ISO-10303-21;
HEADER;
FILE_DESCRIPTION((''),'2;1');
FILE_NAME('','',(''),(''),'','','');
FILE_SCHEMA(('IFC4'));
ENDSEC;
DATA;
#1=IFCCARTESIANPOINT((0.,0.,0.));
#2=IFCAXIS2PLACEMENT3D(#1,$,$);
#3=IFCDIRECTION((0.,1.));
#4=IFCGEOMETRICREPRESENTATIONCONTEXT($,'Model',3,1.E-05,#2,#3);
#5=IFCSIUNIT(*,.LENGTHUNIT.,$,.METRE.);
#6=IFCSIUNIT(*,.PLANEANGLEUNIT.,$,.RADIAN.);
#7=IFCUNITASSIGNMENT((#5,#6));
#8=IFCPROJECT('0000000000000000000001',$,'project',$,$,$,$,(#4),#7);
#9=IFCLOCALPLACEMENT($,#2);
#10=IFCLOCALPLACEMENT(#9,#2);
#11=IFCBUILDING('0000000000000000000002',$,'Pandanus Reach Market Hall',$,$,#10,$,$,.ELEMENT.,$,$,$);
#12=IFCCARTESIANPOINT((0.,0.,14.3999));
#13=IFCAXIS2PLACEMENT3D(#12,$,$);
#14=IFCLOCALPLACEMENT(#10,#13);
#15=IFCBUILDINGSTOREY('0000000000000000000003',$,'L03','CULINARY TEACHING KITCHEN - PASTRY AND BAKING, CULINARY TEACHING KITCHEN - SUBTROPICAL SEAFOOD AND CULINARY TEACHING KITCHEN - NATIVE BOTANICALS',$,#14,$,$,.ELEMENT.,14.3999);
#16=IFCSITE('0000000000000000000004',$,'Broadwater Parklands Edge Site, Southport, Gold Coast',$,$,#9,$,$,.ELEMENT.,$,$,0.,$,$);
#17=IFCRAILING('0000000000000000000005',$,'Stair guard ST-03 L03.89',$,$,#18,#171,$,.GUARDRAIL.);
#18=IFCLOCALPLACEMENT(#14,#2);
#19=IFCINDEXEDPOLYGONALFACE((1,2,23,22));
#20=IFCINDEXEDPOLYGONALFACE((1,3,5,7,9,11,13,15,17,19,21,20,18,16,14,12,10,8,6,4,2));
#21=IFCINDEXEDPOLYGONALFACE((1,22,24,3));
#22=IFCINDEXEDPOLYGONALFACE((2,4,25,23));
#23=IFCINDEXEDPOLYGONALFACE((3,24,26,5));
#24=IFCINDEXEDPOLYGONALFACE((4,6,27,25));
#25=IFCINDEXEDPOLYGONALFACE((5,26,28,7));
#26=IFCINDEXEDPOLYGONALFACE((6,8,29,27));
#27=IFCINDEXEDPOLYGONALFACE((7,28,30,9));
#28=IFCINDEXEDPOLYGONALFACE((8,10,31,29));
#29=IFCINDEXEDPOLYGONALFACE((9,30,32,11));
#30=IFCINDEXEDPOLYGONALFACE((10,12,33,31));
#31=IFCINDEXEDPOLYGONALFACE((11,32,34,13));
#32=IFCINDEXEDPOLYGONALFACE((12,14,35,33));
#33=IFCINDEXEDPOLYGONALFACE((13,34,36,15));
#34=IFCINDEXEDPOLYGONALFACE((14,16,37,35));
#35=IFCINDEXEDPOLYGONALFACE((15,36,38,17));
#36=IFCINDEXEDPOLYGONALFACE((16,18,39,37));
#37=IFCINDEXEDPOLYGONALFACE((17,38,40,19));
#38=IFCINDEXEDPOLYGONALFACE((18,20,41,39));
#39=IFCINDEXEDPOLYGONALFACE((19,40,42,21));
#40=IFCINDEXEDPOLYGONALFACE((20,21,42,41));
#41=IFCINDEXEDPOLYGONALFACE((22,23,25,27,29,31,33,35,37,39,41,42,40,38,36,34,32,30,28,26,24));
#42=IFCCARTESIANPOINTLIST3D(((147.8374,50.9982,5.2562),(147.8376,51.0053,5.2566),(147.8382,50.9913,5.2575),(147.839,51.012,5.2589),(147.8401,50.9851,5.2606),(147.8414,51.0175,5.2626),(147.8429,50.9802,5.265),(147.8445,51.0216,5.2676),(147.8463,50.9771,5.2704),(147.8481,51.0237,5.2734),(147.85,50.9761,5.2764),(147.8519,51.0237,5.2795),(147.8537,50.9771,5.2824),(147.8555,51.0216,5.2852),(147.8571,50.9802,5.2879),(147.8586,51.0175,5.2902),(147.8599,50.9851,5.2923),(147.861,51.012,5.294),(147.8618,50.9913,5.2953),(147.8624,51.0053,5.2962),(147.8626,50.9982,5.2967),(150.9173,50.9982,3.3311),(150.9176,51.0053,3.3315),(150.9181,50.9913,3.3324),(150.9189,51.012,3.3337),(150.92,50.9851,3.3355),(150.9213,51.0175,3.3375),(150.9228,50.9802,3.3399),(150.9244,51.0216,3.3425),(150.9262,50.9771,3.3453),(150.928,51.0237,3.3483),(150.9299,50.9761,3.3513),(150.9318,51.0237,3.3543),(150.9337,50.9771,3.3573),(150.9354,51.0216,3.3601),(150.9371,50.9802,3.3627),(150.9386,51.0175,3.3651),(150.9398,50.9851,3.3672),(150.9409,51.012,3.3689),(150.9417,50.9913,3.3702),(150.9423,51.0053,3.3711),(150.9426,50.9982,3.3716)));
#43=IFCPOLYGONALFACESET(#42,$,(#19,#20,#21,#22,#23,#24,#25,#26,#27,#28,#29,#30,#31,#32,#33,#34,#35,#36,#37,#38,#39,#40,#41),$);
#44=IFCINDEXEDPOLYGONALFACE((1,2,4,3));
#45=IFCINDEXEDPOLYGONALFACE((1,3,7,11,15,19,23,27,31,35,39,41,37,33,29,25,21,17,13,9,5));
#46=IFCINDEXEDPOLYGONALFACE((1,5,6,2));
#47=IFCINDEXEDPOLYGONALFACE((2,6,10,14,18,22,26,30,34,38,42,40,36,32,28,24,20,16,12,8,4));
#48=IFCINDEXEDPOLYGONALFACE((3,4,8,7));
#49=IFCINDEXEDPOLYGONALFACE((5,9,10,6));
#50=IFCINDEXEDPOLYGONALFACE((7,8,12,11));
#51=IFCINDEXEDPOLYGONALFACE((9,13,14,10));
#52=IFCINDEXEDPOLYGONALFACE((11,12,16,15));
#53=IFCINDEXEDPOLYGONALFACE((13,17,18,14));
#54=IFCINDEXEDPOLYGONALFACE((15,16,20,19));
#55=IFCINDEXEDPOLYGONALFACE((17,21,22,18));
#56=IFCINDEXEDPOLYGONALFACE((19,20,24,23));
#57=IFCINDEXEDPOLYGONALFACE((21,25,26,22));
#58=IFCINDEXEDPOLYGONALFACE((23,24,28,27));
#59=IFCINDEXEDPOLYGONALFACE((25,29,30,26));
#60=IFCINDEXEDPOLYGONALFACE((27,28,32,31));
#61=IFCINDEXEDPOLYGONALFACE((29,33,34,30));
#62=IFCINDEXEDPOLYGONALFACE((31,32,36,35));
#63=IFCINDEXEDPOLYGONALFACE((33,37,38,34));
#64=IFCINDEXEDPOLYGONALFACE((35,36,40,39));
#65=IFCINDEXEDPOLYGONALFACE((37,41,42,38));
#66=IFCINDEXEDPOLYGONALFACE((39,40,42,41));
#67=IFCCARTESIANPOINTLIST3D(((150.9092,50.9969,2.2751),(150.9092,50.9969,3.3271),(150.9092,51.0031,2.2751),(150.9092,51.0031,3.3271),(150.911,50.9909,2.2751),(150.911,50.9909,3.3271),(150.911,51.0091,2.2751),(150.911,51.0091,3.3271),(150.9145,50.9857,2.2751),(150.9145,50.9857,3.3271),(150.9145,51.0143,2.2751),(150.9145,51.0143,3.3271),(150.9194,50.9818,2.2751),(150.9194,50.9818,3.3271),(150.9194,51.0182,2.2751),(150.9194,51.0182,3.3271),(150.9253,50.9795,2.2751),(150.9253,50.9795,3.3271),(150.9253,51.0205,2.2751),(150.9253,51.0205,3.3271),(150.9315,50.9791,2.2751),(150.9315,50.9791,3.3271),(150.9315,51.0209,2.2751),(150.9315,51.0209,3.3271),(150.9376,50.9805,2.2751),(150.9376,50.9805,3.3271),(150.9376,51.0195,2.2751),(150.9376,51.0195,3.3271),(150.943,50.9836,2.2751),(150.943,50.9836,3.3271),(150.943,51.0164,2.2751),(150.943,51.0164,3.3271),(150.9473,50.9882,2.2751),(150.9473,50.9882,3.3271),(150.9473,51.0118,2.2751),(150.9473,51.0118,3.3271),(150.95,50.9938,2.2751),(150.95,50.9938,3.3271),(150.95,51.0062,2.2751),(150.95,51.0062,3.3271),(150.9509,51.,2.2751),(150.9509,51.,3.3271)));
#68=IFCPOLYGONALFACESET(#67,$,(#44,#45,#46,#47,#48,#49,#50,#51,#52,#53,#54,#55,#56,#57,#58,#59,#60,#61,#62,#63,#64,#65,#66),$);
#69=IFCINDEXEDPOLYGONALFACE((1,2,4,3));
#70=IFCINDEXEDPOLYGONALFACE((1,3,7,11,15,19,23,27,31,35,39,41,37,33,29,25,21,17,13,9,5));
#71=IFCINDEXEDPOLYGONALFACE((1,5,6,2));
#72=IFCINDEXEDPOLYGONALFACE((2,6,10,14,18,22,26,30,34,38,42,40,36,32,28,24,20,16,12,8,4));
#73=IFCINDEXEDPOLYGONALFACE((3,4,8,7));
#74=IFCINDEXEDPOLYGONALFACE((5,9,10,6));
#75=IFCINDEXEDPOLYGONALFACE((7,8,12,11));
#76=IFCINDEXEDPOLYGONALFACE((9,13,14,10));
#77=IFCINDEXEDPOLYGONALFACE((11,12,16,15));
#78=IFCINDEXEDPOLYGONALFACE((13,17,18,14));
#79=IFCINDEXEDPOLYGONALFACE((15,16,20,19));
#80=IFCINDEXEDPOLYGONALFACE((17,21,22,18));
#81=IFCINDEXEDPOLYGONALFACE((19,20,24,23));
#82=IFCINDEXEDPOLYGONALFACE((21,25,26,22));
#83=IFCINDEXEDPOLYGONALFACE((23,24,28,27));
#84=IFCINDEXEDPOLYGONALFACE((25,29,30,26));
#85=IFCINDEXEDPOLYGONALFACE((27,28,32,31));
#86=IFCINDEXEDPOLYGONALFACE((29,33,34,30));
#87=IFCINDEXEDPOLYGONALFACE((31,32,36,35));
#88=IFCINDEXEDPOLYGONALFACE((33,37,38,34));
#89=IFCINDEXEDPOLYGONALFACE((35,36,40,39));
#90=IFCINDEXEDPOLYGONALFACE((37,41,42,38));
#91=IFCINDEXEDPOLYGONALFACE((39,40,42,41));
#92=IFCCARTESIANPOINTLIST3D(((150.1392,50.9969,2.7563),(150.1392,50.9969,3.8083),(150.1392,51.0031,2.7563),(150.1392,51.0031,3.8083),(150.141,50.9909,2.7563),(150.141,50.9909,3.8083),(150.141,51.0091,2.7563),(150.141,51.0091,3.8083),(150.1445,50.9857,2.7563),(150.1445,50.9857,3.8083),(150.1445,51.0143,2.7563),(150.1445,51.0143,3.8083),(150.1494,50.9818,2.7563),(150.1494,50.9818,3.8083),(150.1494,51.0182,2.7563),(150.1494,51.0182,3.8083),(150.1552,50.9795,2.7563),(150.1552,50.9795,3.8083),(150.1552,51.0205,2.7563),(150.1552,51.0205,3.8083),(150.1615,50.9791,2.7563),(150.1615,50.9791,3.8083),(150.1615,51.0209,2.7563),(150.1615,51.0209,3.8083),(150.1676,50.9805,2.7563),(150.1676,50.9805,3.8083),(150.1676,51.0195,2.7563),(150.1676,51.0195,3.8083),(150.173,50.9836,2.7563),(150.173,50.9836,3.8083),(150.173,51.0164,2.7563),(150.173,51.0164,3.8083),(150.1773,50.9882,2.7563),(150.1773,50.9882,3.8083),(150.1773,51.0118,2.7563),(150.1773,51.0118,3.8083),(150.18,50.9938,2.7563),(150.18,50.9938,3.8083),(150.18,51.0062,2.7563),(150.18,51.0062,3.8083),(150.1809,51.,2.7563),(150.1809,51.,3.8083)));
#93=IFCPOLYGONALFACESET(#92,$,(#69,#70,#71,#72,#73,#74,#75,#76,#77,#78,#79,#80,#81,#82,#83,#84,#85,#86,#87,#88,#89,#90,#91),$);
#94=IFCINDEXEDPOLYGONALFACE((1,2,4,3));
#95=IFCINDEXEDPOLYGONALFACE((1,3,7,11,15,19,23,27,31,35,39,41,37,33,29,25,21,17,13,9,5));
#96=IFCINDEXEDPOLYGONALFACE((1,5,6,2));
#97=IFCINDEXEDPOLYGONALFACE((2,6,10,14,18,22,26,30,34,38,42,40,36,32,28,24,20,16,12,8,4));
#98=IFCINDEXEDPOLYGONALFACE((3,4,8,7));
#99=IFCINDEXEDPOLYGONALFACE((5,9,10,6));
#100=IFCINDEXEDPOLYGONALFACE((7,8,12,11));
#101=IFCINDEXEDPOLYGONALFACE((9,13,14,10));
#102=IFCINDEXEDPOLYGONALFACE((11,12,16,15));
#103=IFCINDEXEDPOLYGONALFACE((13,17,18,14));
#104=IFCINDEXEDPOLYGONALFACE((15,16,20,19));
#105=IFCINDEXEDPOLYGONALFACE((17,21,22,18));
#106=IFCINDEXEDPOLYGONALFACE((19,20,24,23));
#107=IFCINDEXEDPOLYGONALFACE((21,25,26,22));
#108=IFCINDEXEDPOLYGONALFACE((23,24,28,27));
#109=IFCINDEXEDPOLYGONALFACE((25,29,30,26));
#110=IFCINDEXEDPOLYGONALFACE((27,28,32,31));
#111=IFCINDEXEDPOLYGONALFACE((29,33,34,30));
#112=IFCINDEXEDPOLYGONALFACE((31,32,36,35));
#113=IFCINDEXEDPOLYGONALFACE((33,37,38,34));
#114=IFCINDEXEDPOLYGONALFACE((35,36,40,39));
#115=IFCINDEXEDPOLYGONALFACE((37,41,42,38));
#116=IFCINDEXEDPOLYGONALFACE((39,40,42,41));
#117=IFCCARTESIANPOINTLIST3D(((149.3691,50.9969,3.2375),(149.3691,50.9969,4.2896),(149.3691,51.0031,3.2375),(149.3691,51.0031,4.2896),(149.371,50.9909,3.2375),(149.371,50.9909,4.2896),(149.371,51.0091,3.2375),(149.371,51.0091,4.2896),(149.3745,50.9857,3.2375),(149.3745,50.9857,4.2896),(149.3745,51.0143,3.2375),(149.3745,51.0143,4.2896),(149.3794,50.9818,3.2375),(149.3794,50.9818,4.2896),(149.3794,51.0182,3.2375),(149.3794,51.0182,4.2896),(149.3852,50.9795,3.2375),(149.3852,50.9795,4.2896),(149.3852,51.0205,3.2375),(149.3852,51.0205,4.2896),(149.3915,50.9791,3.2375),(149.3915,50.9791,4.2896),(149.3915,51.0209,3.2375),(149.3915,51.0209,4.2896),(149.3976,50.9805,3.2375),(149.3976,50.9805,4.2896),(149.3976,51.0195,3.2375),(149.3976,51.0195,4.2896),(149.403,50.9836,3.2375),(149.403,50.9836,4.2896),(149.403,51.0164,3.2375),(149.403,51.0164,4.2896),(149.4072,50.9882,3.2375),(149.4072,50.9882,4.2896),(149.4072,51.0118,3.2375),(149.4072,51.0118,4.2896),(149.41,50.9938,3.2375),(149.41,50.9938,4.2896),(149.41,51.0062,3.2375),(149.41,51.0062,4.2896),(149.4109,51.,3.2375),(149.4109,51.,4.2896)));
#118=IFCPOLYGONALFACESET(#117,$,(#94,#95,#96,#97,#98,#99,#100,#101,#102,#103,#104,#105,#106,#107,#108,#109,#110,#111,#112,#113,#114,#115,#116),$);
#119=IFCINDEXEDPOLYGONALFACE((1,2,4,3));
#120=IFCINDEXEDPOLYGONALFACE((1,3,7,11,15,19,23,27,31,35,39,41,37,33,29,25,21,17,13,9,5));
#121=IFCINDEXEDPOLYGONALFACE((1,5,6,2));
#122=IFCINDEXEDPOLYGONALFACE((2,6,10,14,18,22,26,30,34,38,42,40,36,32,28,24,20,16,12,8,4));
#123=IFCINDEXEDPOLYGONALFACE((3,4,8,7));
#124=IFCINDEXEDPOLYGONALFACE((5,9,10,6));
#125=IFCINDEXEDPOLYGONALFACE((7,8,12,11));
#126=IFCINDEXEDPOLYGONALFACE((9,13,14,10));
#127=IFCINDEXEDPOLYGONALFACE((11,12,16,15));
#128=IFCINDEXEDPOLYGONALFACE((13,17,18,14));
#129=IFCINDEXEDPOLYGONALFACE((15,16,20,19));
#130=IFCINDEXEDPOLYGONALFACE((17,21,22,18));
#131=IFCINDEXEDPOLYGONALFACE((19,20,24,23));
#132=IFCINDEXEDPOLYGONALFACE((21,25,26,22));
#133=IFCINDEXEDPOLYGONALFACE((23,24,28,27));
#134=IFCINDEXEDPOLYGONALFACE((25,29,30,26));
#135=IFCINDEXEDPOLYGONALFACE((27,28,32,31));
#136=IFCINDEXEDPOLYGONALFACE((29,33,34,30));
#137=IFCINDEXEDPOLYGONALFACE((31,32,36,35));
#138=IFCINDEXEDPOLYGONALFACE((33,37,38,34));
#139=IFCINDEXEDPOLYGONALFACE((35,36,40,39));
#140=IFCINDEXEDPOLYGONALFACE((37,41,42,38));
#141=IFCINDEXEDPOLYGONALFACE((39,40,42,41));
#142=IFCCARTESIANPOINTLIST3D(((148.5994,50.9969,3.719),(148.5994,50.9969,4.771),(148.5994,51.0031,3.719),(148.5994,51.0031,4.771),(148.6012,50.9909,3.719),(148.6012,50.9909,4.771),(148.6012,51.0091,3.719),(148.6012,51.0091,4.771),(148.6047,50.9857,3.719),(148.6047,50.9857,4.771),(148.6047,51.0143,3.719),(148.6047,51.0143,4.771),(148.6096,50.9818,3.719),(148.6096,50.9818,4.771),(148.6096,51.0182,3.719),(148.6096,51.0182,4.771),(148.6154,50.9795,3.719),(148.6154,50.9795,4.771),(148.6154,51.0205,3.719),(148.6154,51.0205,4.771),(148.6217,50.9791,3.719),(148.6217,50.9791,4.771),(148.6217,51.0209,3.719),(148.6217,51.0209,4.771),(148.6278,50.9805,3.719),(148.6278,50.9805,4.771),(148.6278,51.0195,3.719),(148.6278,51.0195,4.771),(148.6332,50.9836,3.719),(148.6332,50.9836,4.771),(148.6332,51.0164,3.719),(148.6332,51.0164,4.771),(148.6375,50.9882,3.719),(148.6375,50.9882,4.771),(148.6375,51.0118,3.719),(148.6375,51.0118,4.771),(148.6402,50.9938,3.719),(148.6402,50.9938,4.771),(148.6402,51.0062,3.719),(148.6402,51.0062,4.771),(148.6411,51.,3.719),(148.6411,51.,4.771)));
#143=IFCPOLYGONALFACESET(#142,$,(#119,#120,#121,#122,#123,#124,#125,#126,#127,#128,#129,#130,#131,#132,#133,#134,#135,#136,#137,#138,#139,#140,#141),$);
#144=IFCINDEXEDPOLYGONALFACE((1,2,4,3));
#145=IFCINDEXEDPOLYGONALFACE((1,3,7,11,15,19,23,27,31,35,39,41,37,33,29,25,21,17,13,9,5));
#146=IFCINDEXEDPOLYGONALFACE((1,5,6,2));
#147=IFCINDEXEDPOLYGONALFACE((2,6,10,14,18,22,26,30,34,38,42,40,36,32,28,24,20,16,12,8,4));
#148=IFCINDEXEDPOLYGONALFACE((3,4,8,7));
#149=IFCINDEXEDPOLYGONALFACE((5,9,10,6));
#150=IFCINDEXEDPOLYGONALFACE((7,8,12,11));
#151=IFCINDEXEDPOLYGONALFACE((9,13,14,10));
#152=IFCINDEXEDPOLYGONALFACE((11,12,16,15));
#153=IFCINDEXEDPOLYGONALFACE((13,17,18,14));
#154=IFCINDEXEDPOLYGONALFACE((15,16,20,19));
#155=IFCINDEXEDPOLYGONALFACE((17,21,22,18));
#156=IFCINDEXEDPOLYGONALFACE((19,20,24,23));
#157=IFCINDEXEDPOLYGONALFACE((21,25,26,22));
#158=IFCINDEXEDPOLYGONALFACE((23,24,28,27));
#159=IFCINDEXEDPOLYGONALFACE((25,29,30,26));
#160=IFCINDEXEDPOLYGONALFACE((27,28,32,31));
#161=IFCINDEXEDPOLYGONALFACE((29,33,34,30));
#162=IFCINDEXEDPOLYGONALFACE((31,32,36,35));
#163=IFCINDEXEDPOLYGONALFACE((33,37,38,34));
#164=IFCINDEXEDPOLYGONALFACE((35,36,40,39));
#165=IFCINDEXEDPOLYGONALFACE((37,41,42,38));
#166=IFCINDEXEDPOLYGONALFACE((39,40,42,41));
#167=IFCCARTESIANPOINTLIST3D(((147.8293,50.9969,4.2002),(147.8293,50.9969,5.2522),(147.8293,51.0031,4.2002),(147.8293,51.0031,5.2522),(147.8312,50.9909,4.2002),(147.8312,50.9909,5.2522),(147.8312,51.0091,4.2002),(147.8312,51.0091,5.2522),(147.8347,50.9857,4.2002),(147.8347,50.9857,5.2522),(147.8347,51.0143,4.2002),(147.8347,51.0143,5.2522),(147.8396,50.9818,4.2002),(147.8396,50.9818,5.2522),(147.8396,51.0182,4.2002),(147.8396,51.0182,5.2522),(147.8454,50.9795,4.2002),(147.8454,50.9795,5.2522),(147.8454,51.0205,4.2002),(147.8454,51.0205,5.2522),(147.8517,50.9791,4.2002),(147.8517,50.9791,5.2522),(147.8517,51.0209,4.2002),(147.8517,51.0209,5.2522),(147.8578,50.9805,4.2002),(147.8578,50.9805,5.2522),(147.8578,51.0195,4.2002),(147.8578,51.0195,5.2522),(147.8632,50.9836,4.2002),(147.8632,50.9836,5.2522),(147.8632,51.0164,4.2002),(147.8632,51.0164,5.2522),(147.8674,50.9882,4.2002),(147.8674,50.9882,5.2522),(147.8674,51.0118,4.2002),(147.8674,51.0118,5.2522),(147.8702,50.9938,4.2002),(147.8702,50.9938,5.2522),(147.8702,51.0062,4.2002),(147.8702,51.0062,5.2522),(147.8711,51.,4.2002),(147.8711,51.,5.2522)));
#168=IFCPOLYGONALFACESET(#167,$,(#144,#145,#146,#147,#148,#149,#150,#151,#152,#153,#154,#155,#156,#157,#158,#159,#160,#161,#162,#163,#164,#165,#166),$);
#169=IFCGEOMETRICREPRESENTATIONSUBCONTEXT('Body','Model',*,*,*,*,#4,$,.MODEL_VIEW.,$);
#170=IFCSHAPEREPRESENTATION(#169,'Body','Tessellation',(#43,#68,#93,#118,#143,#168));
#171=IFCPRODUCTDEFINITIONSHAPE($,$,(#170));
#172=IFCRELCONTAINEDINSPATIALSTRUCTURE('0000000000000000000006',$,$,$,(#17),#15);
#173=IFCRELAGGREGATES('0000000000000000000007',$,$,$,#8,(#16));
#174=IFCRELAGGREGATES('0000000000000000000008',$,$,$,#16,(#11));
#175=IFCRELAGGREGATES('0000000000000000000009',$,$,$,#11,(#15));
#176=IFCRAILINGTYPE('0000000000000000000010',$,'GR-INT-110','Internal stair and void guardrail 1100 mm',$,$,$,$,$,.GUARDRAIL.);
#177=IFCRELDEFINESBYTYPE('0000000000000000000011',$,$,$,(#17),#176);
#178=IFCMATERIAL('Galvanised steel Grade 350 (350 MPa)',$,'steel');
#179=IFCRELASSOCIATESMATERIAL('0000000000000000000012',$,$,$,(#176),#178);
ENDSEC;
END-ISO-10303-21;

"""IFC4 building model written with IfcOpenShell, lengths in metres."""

from ifc_helpers import new_model, si_unit, direction, frame, origin, origin_2d, place, context, subcontext, project, spatial, circle, extrude, material, type_object, element, save


model = new_model("IFC4")

# Units and contexts
model_context = context("Model", 3, precision=1e-05, world=origin(), true_north=direction((0.0, 1.0)))
body_context = subcontext(model_context, "Body", "Model", "MODEL_VIEW")
ifc_project = project(units=[si_unit("LENGTHUNIT", "METRE"), si_unit("PLANEANGLEUNIT", "RADIAN")], contexts=[model_context])

# Site, building, storey
site_placement = place(None, origin())
site = spatial("IfcSite", under=ifc_project, at=site_placement, Name="Broadwater Parklands Edge Site, Southport, Gold Coast", CompositionType="ELEMENT", RefElevation=0.0)
building_placement = place(site_placement, origin())
building = spatial("IfcBuilding", under=site, at=building_placement, Name="Pandanus Reach Market Hall", CompositionType="ELEMENT")
storey_placement = place(building_placement, frame((0.0, 0.0, 14.3999)))
storey = spatial("IfcBuildingStorey", under=building, at=storey_placement, Name="L03", Description="CULINARY TEACHING KITCHEN - PASTRY AND BAKING, CULINARY TEACHING KITCHEN - SUBTROPICAL SEAFOOD AND CULINARY TEACHING KITCHEN - NATIVE BOTANICALS", CompositionType="ELEMENT", Elevation=14.3999)

# Railing
ifc_material_1 = material(Name="Galvanised steel Grade 350 (350 MPa)", Category="steel")
railing_type_1 = type_object("IfcRailingType", Name="GR-INT-110", Description="Internal stair and void guardrail 1100 mm", PredefinedType="GUARDRAIL", material=ifc_material_1)
railing_1_placement = place(storey_placement, frame((150.9299, 51.0, 2.2751)))
element("IfcRailing", 1, at=railing_1_placement, inside=storey, type_object=railing_type_1, Name="Stair guard ST-03 L03.89", PredefinedType="GUARDRAIL", context=body_context, shape_type="SweptSolid", body=[
    extrude(circle(Radius=0.0239, at=origin_2d()), frame((0.0, 0.0, 1.0762), z_axis=(-0.847979, 0.0, 0.530029), x_axis=(0.0, -1.0, 0.0)), (0.0, 0.0, 1.0), 3.6321),
    extrude(circle(Radius=0.021, at=origin_2d()), origin(), (0.0, 0.0, 1.0), 1.052),
    extrude(circle(Radius=0.021, at=origin_2d()), frame((-0.77, 0.0, 0.4812)), (0.0, 0.0, 1.0), 1.052),
    extrude(circle(Radius=0.021, at=origin_2d()), frame((-1.54, 0.0, 0.9624)), (0.0, 0.0, 1.0), 1.052),
    extrude(circle(Radius=0.021, at=origin_2d()), frame((-2.3098, 0.0, 1.4438)), (0.0, 0.0, 1.0), 1.052),
    extrude(circle(Radius=0.021, at=origin_2d()), frame((-3.0798, 0.0, 1.925)), (0.0, 0.0, 1.0), 1.052),
])

save(model, "model.ifc")
